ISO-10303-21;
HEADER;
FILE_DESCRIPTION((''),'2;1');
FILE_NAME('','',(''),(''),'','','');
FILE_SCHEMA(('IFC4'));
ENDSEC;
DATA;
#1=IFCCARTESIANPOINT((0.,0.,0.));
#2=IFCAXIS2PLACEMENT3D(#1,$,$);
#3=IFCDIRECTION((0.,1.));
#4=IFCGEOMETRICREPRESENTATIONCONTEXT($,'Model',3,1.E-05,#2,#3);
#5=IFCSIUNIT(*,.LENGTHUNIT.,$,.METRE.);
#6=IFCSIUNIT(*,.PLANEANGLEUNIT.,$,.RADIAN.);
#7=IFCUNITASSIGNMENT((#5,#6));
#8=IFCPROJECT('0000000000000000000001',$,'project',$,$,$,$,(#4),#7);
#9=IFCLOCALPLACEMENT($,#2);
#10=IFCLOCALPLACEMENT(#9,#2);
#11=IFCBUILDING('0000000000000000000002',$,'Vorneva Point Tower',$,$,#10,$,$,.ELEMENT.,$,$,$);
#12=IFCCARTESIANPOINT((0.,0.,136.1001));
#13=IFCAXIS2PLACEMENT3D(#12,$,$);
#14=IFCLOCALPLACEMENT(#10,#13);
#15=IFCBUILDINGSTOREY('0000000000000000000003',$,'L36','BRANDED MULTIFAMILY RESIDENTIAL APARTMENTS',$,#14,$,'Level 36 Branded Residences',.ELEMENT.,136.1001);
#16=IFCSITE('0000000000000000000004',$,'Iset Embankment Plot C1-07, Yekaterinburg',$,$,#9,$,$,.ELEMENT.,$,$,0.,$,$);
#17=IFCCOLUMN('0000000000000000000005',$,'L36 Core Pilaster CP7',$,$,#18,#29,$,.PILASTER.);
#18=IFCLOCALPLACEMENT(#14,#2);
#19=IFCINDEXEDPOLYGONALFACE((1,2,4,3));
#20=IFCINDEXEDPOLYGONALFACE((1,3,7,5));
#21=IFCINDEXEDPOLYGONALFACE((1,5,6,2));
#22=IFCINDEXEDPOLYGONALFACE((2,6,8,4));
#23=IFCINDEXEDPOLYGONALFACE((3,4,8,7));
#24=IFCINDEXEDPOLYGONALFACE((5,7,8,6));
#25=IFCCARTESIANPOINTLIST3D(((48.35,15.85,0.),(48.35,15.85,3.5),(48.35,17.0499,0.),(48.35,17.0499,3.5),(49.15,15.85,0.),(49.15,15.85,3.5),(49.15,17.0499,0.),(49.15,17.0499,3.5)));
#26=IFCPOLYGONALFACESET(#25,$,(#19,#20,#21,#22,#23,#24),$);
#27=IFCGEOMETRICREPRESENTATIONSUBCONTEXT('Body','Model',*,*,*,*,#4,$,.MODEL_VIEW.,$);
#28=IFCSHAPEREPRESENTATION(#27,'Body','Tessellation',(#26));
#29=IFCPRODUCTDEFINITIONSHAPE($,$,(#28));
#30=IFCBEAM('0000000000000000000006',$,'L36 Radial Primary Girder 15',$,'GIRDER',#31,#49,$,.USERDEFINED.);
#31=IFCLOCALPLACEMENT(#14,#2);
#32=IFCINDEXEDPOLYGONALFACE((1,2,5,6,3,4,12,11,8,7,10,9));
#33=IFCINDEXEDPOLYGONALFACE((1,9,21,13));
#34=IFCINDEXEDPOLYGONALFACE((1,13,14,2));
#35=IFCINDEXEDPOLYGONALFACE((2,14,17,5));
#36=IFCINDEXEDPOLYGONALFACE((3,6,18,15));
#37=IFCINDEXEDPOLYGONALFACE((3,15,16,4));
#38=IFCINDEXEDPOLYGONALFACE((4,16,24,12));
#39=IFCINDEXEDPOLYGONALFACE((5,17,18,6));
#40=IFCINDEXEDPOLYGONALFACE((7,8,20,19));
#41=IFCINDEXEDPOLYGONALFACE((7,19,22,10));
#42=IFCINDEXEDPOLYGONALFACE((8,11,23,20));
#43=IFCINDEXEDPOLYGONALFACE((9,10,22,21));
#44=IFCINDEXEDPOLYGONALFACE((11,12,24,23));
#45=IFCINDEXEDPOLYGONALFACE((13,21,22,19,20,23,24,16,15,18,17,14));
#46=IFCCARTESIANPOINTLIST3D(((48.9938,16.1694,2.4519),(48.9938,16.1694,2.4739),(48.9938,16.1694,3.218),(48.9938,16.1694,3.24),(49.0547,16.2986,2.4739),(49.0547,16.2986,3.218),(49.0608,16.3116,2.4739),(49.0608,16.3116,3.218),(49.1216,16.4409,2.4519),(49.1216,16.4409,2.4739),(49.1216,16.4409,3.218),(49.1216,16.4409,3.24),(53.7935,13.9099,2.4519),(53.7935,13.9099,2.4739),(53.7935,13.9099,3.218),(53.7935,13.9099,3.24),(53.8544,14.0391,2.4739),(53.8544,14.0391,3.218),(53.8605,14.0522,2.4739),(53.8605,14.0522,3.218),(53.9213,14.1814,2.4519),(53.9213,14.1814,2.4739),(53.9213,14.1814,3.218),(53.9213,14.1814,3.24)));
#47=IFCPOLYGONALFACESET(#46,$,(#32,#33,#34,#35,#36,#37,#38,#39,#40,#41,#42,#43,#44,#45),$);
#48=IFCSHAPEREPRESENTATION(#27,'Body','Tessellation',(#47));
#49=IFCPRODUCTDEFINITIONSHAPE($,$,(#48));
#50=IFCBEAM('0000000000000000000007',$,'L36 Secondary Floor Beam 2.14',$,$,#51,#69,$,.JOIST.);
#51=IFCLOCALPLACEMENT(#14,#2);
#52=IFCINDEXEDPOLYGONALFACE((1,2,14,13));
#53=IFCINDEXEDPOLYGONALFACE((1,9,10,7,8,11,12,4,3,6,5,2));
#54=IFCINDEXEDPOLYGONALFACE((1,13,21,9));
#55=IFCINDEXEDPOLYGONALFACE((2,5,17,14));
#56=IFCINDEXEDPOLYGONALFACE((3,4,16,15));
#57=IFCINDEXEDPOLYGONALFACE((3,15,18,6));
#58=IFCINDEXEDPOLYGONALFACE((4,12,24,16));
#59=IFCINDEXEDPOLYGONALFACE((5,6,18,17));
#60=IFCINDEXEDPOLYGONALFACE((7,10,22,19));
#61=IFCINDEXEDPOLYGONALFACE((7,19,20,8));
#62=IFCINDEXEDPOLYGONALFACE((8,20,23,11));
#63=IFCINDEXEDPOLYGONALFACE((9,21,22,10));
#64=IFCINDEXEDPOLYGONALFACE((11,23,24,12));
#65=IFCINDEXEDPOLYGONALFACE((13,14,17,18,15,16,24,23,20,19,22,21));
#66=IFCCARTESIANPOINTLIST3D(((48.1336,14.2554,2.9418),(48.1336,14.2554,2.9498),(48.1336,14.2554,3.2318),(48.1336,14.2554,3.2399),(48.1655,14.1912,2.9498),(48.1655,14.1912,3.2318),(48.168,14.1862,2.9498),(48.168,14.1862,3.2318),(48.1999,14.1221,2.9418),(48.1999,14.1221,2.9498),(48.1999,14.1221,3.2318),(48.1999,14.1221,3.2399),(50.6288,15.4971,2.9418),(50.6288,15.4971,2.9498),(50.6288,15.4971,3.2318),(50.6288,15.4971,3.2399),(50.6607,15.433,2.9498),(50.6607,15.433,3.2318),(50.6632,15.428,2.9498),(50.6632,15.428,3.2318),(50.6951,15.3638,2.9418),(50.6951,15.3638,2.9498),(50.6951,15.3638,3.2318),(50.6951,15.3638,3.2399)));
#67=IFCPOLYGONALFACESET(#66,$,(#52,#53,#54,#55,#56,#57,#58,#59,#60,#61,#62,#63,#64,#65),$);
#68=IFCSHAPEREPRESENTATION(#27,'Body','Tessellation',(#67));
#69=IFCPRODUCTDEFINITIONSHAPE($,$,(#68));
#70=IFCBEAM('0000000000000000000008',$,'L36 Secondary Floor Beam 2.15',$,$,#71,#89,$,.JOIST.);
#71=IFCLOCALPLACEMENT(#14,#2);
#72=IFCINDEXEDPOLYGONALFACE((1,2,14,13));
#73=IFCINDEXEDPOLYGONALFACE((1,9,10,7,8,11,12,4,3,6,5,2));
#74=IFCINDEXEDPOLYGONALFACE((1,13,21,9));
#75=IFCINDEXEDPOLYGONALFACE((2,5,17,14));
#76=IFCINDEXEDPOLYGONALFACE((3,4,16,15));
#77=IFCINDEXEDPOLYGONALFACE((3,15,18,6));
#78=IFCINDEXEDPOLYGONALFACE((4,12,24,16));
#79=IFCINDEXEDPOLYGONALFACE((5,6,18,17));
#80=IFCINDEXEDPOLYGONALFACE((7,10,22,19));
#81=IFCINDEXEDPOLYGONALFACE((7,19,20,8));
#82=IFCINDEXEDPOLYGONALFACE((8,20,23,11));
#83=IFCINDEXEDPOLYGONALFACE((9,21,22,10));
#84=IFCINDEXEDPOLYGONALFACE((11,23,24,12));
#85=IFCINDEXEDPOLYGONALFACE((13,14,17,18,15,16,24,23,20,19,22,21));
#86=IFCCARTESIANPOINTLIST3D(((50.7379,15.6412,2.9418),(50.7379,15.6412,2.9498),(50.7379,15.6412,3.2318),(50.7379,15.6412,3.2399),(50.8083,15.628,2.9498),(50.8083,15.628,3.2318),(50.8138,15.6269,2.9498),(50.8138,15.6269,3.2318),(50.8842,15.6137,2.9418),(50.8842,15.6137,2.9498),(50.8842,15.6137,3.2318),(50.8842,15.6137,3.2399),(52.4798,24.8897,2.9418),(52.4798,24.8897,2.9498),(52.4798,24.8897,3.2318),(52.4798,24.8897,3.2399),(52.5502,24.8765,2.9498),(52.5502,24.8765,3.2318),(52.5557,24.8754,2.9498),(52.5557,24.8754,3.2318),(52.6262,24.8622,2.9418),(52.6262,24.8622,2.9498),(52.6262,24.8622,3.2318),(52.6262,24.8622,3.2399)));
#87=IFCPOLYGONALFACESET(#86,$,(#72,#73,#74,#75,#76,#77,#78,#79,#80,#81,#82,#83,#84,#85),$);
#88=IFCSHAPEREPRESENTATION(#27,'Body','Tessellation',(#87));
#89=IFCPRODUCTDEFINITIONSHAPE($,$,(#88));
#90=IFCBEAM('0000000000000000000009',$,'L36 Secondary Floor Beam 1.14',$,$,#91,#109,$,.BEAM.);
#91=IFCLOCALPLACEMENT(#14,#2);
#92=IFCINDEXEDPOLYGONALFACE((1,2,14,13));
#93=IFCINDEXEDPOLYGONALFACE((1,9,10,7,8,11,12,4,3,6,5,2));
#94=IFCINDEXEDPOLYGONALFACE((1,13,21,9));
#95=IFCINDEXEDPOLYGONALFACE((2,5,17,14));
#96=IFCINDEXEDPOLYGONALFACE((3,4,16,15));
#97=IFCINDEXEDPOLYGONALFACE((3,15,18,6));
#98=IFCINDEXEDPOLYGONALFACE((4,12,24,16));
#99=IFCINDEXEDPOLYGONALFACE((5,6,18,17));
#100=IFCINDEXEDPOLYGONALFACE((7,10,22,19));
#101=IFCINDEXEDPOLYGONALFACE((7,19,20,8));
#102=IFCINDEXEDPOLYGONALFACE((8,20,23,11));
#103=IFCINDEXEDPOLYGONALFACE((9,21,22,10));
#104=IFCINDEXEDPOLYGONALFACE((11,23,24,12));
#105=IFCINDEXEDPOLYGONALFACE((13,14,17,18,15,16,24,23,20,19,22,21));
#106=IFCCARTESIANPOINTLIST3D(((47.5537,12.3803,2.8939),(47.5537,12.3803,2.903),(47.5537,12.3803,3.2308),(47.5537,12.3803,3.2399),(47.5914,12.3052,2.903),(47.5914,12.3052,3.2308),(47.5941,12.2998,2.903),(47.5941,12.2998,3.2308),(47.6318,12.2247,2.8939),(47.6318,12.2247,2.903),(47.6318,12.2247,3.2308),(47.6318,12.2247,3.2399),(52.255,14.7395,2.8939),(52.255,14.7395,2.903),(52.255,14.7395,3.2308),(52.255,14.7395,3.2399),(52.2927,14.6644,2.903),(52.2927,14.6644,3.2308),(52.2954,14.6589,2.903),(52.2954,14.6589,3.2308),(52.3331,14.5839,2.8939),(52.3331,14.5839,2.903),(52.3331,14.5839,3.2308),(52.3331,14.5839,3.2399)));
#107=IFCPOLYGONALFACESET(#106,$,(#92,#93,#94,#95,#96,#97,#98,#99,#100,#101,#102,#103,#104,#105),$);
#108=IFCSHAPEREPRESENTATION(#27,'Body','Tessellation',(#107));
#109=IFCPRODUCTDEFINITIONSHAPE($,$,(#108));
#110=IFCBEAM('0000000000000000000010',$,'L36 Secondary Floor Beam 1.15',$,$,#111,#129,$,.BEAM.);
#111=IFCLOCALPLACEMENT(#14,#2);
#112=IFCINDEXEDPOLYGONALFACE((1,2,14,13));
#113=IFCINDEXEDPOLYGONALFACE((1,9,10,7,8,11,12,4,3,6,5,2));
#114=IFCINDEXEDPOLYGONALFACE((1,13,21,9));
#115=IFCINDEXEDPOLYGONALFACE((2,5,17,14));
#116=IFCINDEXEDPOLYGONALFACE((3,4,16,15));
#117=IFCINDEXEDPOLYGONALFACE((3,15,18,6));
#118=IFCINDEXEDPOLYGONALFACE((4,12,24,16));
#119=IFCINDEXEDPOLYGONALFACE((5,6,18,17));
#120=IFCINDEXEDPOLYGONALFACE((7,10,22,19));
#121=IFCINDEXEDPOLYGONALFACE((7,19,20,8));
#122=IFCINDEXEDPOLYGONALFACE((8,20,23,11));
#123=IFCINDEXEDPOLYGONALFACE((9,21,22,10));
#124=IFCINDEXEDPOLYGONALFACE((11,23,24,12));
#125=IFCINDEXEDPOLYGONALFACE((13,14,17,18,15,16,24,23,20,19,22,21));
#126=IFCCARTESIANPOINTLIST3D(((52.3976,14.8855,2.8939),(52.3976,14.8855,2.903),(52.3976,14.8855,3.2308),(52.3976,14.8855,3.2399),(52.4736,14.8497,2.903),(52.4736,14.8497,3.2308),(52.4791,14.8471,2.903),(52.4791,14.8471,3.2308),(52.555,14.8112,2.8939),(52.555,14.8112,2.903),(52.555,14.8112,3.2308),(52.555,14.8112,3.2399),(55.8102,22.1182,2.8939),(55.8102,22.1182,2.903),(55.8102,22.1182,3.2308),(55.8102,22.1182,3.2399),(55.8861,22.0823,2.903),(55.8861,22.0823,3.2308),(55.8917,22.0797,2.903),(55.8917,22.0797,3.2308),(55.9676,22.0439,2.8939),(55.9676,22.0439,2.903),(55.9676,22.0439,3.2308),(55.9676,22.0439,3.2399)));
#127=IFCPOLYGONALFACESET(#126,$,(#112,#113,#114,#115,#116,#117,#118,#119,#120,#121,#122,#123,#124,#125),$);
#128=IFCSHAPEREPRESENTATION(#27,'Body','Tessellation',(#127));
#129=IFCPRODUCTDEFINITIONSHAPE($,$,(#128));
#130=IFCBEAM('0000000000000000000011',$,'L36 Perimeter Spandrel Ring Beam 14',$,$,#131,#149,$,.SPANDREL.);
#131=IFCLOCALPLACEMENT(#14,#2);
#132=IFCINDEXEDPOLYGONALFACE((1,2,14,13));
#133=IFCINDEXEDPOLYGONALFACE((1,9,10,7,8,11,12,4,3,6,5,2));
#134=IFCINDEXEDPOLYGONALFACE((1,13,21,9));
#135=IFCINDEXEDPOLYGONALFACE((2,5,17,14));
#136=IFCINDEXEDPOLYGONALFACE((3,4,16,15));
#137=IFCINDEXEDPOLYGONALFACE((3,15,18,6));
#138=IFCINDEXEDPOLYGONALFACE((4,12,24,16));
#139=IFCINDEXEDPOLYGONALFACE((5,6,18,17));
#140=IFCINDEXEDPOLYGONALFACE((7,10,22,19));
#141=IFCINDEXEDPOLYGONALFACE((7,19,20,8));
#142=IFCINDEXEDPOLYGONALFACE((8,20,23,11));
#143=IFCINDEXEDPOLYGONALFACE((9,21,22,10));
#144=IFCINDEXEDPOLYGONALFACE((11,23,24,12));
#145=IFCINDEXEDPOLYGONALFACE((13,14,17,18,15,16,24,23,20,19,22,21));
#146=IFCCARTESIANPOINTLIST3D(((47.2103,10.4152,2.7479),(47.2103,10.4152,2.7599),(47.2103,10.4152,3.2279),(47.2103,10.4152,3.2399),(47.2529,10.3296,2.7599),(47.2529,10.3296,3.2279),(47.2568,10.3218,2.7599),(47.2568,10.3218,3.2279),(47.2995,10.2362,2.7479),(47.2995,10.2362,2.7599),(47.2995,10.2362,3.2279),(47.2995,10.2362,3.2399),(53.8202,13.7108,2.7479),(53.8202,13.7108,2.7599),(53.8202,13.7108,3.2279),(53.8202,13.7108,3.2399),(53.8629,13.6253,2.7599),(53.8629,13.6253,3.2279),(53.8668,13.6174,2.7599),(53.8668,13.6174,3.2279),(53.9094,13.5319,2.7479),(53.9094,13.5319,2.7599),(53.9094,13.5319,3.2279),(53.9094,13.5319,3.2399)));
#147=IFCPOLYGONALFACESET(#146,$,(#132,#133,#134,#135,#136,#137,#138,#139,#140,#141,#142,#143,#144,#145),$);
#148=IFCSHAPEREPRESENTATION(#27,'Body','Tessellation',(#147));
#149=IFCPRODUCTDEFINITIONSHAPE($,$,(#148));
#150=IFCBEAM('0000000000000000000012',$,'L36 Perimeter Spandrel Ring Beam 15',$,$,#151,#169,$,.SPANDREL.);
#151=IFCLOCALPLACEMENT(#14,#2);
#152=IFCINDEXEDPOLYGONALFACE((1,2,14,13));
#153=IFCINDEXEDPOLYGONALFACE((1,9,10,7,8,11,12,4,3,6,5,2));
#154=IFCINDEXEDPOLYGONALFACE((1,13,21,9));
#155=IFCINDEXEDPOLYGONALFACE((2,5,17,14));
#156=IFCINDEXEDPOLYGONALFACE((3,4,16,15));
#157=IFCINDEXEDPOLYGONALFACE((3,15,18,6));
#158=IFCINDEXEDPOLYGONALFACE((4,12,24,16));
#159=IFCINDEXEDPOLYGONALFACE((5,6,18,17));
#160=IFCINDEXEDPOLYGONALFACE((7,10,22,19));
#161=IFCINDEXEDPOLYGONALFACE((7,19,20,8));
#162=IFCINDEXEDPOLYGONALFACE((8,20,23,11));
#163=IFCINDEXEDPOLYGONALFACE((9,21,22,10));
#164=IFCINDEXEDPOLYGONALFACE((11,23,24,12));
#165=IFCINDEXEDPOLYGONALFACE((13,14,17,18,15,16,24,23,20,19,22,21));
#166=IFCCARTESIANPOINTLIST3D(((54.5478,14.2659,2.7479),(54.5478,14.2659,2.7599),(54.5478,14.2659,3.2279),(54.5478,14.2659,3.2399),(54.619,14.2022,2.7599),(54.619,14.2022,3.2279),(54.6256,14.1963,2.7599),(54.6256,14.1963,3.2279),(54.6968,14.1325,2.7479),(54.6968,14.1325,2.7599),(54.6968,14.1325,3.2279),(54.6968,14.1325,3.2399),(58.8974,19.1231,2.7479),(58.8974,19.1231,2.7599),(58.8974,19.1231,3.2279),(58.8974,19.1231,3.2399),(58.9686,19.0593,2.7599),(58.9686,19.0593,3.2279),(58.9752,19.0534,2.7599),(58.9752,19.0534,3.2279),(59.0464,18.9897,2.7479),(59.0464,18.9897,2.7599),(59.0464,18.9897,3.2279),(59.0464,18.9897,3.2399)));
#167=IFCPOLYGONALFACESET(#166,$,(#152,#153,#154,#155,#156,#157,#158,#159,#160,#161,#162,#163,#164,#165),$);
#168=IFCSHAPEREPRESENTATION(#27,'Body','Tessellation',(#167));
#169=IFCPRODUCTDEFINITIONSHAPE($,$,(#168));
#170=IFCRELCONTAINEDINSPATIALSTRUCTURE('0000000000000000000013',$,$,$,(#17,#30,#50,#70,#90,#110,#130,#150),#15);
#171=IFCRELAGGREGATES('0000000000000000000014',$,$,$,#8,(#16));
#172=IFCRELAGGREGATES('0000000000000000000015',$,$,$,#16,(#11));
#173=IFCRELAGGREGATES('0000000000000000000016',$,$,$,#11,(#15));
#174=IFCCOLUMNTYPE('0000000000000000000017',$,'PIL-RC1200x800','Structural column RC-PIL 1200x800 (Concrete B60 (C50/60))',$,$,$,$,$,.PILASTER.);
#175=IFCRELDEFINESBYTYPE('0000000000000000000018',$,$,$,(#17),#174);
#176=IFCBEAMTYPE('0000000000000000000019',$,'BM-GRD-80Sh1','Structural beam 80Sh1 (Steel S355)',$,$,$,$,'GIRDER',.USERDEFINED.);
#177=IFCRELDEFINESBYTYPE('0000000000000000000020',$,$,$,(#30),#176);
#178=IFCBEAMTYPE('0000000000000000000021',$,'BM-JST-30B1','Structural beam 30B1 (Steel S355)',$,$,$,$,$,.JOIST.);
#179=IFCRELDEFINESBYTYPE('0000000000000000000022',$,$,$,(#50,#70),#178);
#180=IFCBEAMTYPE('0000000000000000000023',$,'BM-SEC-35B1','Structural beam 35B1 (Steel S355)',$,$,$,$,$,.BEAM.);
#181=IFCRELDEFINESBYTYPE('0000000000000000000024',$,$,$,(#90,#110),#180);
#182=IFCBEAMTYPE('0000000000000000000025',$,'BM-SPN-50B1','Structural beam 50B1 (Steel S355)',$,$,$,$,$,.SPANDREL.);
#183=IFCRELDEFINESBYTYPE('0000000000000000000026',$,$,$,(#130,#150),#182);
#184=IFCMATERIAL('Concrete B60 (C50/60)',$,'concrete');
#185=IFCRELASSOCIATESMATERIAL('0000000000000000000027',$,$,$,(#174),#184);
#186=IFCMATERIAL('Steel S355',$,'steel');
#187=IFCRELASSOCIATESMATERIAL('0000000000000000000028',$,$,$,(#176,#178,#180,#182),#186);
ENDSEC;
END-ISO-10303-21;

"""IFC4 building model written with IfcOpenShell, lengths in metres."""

from ifc_helpers import new_model, si_unit, direction, frame, origin, origin_2d, place, context, subcontext, project, spatial, rectangle, i_section, extrude, material, material_profile, profile_set, type_object, element, save


model = new_model("IFC4")

# Units and contexts
model_context = context("Model", 3, precision=1e-05, world=origin(), true_north=direction((0.0, 1.0)))
body_context = subcontext(model_context, "Body", "Model", "MODEL_VIEW")
ifc_project = project(units=[si_unit("LENGTHUNIT", "METRE"), si_unit("PLANEANGLEUNIT", "RADIAN")], contexts=[model_context])

# Site, building, storey
site_placement = place(None, origin())
site = spatial("IfcSite", under=ifc_project, at=site_placement, Name="Iset Embankment Plot C1-07, Yekaterinburg", CompositionType="ELEMENT", RefElevation=0.0)
building_placement = place(site_placement, origin())
building = spatial("IfcBuilding", under=site, at=building_placement, Name="Vorneva Point Tower", CompositionType="ELEMENT")
storey_placement = place(building_placement, frame((0.0, 0.0, 136.1001)))
storey = spatial("IfcBuildingStorey", under=building, at=storey_placement, Name="L36", Description="BRANDED MULTIFAMILY RESIDENTIAL APARTMENTS", LongName="Level 36 Branded Residences", CompositionType="ELEMENT", Elevation=136.1001)

# Column
ifc_material_1 = material(Name="Concrete B60 (C50/60)", Category="concrete")
ifc_material_profile_1 = material_profile(ifc_material_1, rectangle(XDim=0.8, YDim=1.2, at=origin_2d()), Name="RC-PIL 1200x800")
ifc_profile_set_1 = profile_set([ifc_material_profile_1], Name="Concrete B60 (C50/60)")
column_type_1 = type_object("IfcColumnType", Name="PIL-RC1200x800", Description="Structural column RC-PIL 1200x800 (Concrete B60 (C50/60))", PredefinedType="PILASTER", material=ifc_profile_set_1)
column_1_placement = place(storey_placement, frame((48.75, 16.45, 0.0), z_axis=(0.0, 0.0, 1.0), x_axis=(1.0, 0.0, 0.0)))
element("IfcColumn", 1, at=column_1_placement, inside=storey, type_object=column_type_1, Name="L36 Core Pilaster CP7", PredefinedType="PILASTER", context=body_context, shape_type="SweptSolid", body=[
    extrude(rectangle(XDim=0.8, YDim=1.2, at=origin_2d()), origin(), (0.0, 0.0, 1.0), 3.5),
])

# Beams
ifc_material_2 = material(Name="Steel S355", Category="steel")
ifc_material_profile_2 = material_profile(ifc_material_2, i_section(OverallWidth=0.3, OverallDepth=0.7881, WebThickness=0.0144, FlangeThickness=0.022, at=origin_2d()), Name="80Sh1")
ifc_profile_set_2 = profile_set([ifc_material_profile_2], Name="Steel S355")
beam_type_1 = type_object("IfcBeamType", Name="BM-GRD-80Sh1", Description="Structural beam 80Sh1 (Steel S355)", ElementType="GIRDER", PredefinedType="USERDEFINED", material=ifc_profile_set_2)
beam_1_placement = place(storey_placement, frame((53.8574, 14.0457, 2.8459), z_axis=(-0.904761, 0.425919, 0.0), x_axis=(-0.425919, -0.904761, 0.0)))
element("IfcBeam", 2, at=beam_1_placement, inside=storey, type_object=beam_type_1, Name="L36 Radial Primary Girder 15", ObjectType="GIRDER", PredefinedType="USERDEFINED", context=body_context, shape_type="SweptSolid", body=[
    extrude(i_section(OverallWidth=0.3, OverallDepth=0.7881, WebThickness=0.0144, FlangeThickness=0.022, at=origin_2d()), origin(), (0.0, 0.0, 1.0), 5.3049),
])
ifc_material_profile_3 = material_profile(ifc_material_2, i_section(OverallWidth=0.1489, OverallDepth=0.2981, WebThickness=0.0056, FlangeThickness=0.0081, at=origin_2d()), Name="30B1")
ifc_profile_set_3 = profile_set([ifc_material_profile_3], Name="Steel S355")
beam_type_2 = type_object("IfcBeamType", Name="BM-JST-30B1", Description="Structural beam 30B1 (Steel S355)", PredefinedType="JOIST", material=ifc_profile_set_3)
beam_2_placement = place(storey_placement, frame((48.1667, 14.1887, 3.0908), z_axis=(0.895267, 0.445531, 0.0), x_axis=(-0.445531, 0.895267, 0.0)))
element("IfcBeam", 3, at=beam_2_placement, inside=storey, type_object=beam_type_2, Name="L36 Secondary Floor Beam 2.14", PredefinedType="JOIST", context=body_context, shape_type="SweptSolid", body=[
    extrude(i_section(OverallWidth=0.1489, OverallDepth=0.2981, WebThickness=0.0056, FlangeThickness=0.0081, at=origin_2d()), origin(), (0.0, 0.0, 1.0), 2.7871),
])
beam_3_placement = place(storey_placement, frame((50.811, 15.6274, 3.0908), z_axis=(0.185094, 0.982721, 0.0), x_axis=(-0.982721, 0.185094, 0.0)))
element("IfcBeam", 4, at=beam_3_placement, inside=storey, type_object=beam_type_2, Name="L36 Secondary Floor Beam 2.15", PredefinedType="JOIST", context=body_context, shape_type="SweptSolid", body=[
    extrude(i_section(OverallWidth=0.1489, OverallDepth=0.2981, WebThickness=0.0056, FlangeThickness=0.0081, at=origin_2d()), origin(), (0.0, 0.0, 1.0), 9.4111),
])
ifc_material_profile_4 = material_profile(ifc_material_2, i_section(OverallWidth=0.1741, OverallDepth=0.3459, WebThickness=0.0061, FlangeThickness=0.009, at=origin_2d()), Name="35B1")
ifc_profile_set_4 = profile_set([ifc_material_profile_4], Name="Steel S355")
beam_type_3 = type_object("IfcBeamType", Name="BM-SEC-35B1", Description="Structural beam 35B1 (Steel S355)", PredefinedType="BEAM", material=ifc_profile_set_4)
beam_4_placement = place(storey_placement, frame((47.5928, 12.3025, 3.0669), z_axis=(0.893776, 0.448513, 0.0), x_axis=(-0.448513, 0.893776, 0.0)))
element("IfcBeam", 5, at=beam_4_placement, inside=storey, type_object=beam_type_3, Name="L36 Secondary Floor Beam 1.14", PredefinedType="BEAM", context=body_context, shape_type="SweptSolid", body=[
    extrude(i_section(OverallWidth=0.1741, OverallDepth=0.3459, WebThickness=0.0061, FlangeThickness=0.009, at=origin_2d()), origin(), (0.0, 0.0, 1.0), 5.26),
])
beam_5_placement = place(storey_placement, frame((52.4763, 14.8484, 3.0669), z_axis=(0.426717, 0.904385, 0.0), x_axis=(-0.904385, 0.426717, 0.0)))
element("IfcBeam", 6, at=beam_5_placement, inside=storey, type_object=beam_type_3, Name="L36 Secondary Floor Beam 1.15", PredefinedType="BEAM", context=body_context, shape_type="SweptSolid", body=[
    extrude(i_section(OverallWidth=0.1741, OverallDepth=0.3459, WebThickness=0.0061, FlangeThickness=0.009, at=origin_2d()), origin(), (0.0, 0.0, 1.0), 7.9973),
])
ifc_material_profile_5 = material_profile(ifc_material_2, i_section(OverallWidth=0.2, OverallDepth=0.4919, WebThickness=0.0088, FlangeThickness=0.012, at=origin_2d()), Name="50B1")
ifc_profile_set_5 = profile_set([ifc_material_profile_5], Name="Steel S355")
beam_type_4 = type_object("IfcBeamType", Name="BM-SPN-50B1", Description="Structural beam 50B1 (Steel S355)", PredefinedType="SPANDREL", material=ifc_profile_set_5)
beam_6_placement = place(storey_placement, frame((47.2549, 10.3257, 2.9939), z_axis=(0.894929, 0.446208, 0.0), x_axis=(-0.446208, 0.894929, 0.0)))
element("IfcBeam", 7, at=beam_6_placement, inside=storey, type_object=beam_type_4, Name="L36 Perimeter Spandrel Ring Beam 14", PredefinedType="SPANDREL", context=body_context, shape_type="SweptSolid", body=[
    extrude(i_section(OverallWidth=0.2, OverallDepth=0.4919, WebThickness=0.0088, FlangeThickness=0.012, at=origin_2d()), origin(), (0.0, 0.0, 1.0), 7.386),
])
beam_7_placement = place(storey_placement, frame((54.6223, 14.1992, 2.9939), z_axis=(0.667111, 0.744958, 0.0), x_axis=(-0.744958, 0.667111, 0.0)))
element("IfcBeam", 8, at=beam_7_placement, inside=storey, type_object=beam_type_4, Name="L36 Perimeter Spandrel Ring Beam 15", PredefinedType="SPANDREL", context=body_context, shape_type="SweptSolid", body=[
    extrude(i_section(OverallWidth=0.2, OverallDepth=0.4919, WebThickness=0.0088, FlangeThickness=0.012, at=origin_2d()), origin(), (0.0, 0.0, 1.0), 6.52),
])

save(model, "model.ifc")
